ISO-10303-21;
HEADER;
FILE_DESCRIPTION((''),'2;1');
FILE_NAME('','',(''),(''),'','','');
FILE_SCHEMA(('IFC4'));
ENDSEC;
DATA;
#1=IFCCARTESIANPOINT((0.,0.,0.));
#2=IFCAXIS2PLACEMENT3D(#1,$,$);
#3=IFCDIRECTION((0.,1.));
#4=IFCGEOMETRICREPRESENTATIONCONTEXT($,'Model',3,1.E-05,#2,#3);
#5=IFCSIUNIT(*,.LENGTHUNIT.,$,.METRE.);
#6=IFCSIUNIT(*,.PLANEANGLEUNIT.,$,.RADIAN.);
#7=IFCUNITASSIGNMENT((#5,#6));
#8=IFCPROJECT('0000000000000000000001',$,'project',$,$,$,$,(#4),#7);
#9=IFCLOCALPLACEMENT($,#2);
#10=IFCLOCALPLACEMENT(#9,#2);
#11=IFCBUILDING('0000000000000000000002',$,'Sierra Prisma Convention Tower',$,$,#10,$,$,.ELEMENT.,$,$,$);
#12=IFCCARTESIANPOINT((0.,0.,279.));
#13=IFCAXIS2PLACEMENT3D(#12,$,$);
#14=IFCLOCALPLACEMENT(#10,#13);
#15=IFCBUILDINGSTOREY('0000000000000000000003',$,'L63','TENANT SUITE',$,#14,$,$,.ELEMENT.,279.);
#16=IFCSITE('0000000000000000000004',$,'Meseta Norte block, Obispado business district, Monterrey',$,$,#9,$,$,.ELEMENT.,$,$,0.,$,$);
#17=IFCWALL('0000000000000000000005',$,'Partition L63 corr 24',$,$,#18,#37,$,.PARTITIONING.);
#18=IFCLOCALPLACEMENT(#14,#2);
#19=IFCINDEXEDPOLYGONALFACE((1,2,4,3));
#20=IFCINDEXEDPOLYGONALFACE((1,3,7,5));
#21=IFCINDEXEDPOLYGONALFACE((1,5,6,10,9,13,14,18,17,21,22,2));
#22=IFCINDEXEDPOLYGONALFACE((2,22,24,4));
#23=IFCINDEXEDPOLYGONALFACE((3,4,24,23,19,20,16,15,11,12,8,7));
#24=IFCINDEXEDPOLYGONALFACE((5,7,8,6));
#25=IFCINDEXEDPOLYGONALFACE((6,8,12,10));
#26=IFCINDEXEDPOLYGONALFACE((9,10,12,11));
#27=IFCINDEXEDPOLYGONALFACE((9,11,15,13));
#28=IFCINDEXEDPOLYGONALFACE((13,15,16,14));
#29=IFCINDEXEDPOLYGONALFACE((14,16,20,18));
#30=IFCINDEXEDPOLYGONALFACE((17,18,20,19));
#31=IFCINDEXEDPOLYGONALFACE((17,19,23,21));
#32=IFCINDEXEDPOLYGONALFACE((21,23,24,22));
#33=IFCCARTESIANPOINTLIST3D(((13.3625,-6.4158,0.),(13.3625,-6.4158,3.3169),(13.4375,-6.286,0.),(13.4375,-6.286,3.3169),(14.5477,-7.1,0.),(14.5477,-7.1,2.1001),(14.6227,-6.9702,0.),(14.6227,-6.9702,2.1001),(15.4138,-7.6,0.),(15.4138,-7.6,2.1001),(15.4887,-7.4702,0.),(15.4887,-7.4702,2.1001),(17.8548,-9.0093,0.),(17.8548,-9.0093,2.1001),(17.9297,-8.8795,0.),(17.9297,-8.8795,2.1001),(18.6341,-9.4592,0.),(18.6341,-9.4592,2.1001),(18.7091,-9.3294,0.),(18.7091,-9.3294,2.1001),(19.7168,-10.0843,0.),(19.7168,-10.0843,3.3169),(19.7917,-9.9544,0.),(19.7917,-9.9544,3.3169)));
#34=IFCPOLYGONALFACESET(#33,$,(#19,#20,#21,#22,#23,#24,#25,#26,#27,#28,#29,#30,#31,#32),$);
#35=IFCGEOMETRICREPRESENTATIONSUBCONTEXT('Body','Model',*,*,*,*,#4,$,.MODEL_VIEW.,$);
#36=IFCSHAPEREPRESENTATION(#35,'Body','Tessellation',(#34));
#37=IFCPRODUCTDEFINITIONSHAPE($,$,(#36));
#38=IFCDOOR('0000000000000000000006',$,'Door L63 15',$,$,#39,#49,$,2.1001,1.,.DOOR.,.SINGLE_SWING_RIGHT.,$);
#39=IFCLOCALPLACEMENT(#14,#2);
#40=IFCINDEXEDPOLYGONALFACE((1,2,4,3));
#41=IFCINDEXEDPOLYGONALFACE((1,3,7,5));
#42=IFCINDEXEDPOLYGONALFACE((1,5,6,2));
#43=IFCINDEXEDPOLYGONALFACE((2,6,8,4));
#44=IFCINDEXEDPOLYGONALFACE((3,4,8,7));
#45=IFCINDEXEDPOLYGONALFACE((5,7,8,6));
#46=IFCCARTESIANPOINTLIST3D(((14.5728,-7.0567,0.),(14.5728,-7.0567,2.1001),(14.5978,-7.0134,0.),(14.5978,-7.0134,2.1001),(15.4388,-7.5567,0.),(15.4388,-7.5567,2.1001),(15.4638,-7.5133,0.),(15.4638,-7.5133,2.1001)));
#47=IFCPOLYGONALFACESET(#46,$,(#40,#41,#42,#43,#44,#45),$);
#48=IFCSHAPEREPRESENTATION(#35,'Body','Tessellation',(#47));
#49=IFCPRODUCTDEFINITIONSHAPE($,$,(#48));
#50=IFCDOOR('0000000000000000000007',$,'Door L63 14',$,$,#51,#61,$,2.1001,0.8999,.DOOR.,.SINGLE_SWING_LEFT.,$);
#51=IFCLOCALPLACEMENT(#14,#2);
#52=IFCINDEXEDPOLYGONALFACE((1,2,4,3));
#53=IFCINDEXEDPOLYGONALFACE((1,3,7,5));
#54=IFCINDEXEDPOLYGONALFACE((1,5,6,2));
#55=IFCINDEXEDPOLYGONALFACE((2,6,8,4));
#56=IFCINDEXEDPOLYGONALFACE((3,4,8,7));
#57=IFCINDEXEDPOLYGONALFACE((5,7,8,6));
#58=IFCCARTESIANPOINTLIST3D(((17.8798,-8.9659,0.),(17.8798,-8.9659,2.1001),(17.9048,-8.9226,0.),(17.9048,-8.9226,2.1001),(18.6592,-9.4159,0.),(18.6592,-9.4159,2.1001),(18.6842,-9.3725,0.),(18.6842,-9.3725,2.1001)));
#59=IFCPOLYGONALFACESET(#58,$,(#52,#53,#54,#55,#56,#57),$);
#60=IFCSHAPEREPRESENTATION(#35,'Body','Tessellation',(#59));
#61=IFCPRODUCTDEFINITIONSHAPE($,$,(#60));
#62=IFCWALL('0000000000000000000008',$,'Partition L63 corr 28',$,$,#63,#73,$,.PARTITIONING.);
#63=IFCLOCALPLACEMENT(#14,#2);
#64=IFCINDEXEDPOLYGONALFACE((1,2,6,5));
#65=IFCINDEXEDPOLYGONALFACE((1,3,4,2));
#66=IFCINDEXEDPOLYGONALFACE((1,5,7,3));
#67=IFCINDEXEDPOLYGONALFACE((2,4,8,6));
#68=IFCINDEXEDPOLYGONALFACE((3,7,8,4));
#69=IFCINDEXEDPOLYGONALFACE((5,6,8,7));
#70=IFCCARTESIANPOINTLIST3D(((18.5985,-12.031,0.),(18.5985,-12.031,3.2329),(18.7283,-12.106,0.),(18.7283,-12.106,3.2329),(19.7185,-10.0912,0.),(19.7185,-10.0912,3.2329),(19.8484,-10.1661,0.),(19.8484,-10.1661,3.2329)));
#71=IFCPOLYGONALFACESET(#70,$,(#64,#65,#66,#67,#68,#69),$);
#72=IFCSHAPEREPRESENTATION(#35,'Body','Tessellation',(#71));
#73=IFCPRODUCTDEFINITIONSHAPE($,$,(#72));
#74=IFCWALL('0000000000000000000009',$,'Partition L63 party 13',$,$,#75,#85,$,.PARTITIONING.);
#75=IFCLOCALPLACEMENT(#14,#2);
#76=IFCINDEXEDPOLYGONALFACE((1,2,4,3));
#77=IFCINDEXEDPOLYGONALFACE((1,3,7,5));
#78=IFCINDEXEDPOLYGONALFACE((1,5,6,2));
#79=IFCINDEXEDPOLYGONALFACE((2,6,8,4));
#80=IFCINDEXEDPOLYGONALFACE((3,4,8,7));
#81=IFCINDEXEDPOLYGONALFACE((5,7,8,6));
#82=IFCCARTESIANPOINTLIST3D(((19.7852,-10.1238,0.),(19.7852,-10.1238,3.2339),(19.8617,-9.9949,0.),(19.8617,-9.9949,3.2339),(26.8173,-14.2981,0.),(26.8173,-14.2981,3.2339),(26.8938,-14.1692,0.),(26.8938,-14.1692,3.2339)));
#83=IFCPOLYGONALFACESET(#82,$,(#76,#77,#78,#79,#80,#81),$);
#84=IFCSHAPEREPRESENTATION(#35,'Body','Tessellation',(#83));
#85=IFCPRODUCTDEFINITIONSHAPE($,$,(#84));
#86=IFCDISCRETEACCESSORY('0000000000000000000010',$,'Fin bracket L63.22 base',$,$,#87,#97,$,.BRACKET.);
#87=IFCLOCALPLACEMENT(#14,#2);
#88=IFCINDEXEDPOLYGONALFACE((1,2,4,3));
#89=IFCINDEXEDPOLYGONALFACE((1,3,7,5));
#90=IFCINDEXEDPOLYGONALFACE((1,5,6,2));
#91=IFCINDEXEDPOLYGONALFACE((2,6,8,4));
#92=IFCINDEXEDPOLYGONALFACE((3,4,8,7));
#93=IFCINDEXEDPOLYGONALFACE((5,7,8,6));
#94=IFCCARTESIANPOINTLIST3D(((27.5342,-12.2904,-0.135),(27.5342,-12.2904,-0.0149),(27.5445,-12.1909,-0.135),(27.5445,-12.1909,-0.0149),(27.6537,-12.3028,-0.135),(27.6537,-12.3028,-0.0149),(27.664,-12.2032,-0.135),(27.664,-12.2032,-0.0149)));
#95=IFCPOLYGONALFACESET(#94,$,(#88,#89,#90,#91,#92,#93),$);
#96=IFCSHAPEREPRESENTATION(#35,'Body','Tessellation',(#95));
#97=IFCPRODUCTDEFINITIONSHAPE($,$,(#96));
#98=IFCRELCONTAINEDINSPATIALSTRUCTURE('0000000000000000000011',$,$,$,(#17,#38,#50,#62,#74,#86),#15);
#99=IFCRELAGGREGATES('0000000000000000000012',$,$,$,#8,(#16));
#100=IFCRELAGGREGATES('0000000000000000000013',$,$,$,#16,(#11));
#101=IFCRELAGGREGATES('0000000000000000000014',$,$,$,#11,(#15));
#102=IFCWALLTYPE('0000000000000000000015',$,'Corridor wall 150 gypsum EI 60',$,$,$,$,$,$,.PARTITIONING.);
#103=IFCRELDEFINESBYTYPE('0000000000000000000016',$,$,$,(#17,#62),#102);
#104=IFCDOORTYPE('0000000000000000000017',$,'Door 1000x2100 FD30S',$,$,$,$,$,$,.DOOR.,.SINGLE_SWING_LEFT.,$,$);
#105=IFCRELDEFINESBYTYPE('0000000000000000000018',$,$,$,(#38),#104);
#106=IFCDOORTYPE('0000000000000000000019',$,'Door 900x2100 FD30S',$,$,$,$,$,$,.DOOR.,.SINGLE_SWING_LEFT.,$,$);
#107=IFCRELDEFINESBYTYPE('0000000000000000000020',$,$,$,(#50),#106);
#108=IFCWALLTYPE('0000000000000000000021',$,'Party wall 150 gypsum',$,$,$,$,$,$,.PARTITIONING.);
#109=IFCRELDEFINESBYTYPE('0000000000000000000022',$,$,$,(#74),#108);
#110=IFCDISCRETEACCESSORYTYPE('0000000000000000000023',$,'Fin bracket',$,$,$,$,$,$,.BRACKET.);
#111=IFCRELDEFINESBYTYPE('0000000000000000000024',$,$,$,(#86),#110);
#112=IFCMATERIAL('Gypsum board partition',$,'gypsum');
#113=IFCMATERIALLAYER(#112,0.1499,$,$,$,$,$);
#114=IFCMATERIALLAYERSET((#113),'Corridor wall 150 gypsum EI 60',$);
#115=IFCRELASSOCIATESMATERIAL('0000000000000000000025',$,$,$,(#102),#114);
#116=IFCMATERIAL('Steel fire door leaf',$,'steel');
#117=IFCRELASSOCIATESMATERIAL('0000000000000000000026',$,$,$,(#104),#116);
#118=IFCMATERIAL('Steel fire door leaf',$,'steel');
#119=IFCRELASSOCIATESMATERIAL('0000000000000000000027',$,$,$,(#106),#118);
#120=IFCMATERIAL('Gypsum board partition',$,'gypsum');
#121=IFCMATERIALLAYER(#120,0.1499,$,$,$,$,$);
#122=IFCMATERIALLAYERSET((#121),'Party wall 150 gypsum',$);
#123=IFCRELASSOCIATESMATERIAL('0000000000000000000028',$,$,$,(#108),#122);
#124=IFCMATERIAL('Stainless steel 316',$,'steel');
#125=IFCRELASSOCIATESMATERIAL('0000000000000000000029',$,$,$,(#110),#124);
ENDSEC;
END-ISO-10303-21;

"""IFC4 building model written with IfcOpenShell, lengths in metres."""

from ifc_helpers import new_model, si_unit, direction, frame, frame_2d, origin, origin_2d, place, context, subcontext, project, spatial, rectangle, extrude, material, layer, layer_set, type_object, element, fill, save


model = new_model("IFC4")

# Units and contexts
model_context = context("Model", 3, precision=1e-05, world=origin(), true_north=direction((0.0, 1.0)))
body_context = subcontext(model_context, "Body", "Model", "MODEL_VIEW")
ifc_project = project(units=[si_unit("LENGTHUNIT", "METRE"), si_unit("PLANEANGLEUNIT", "RADIAN")], contexts=[model_context])

# Site, building, storey
site_placement = place(None, origin())
site = spatial("IfcSite", under=ifc_project, at=site_placement, Name="Meseta Norte block, Obispado business district, Monterrey", CompositionType="ELEMENT", RefElevation=0.0)
building_placement = place(site_placement, origin())
building = spatial("IfcBuilding", under=site, at=building_placement, Name="Sierra Prisma Convention Tower", CompositionType="ELEMENT")
storey_placement = place(building_placement, frame((0.0, 0.0, 279.0)))
storey = spatial("IfcBuildingStorey", under=building, at=storey_placement, Name="L63", Description="TENANT SUITE", CompositionType="ELEMENT", Elevation=279.0)

# Wall, openings, doors
ifc_material_1 = material(Name="Gypsum board partition", Category="gypsum")
ifc_layer_1 = layer(ifc_material_1, 0.1499)
ifc_layer_set_1 = layer_set([ifc_layer_1], Name="Corridor wall 150 gypsum EI 60")
wall_type_1 = type_object("IfcWallType", Name="Corridor wall 150 gypsum EI 60", PredefinedType="PARTITIONING", material=ifc_layer_set_1)
wall_1_placement = place(storey_placement, frame((19.7542, -10.0193, 0.0), z_axis=(0.0, 0.0, 1.0), x_axis=(-0.866035, 0.499983, 0.0)))
wall_1 = element("IfcWall", 1, at=wall_1_placement, inside=storey, type_object=wall_type_1, Name="Partition L63 corr 24", PredefinedType="PARTITIONING", context=body_context, shape_type="SweptSolid", body=[
    extrude(rectangle(XDim=7.3372, YDim=0.1499, at=frame_2d((3.6685, 0.0))), origin(), (0.0, 0.0, 1.0), 3.3169),
])
opening_1_placement = place(wall_1_placement, frame((1.25, 0.0, 0.0)))
opening_1 = element("IfcOpeningElement", 2, at=opening_1_placement, cuts=wall_1, PredefinedType="OPENING", context=body_context, shape_type="SweptSolid", body=[
    extrude(rectangle(XDim=0.8999, YDim=2.1001, at=frame_2d((0.45, 1.05))), frame((0.0, 0.075, 0.0), z_axis=(0.0, -1.0, 0.0), x_axis=(1.0, 0.0, 0.0)), (0.0, 0.0, 1.0), 0.1499),
])
opening_2_placement = place(wall_1_placement, frame((4.9685, 0.0, 0.0)))
opening_2 = element("IfcOpeningElement", 3, at=opening_2_placement, cuts=wall_1, PredefinedType="OPENING", context=body_context, shape_type="SweptSolid", body=[
    extrude(rectangle(XDim=1.0, YDim=2.1001, at=frame_2d((0.5, 1.05))), frame((0.0, 0.075, 0.0), z_axis=(0.0, -1.0, 0.0), x_axis=(1.0, 0.0, 0.0)), (0.0, 0.0, 1.0), 0.1499),
])
ifc_material_2 = material(Name="Steel fire door leaf", Category="steel")
door_type_1 = type_object("IfcDoorType", Name="Door 1000x2100 FD30S", OperationType="SINGLE_SWING_LEFT", PredefinedType="DOOR", material=ifc_material_2)
door_1_placement = place(opening_2_placement, origin())
door_1 = element("IfcDoor", 4, at=door_1_placement, inside=storey, type_object=door_type_1, Name="Door L63 15", OperationType="SINGLE_SWING_RIGHT", OverallHeight=2.1001, OverallWidth=1.0, PredefinedType="DOOR", context=body_context, shape_type="SweptSolid", body=[
    extrude(rectangle(XDim=1.0, YDim=2.1001, at=frame_2d((0.5, 1.05))), frame((0.0, 0.0249, 0.0), z_axis=(0.0, -1.0, 0.0), x_axis=(1.0, 0.0, 0.0)), (0.0, 0.0, 1.0), 0.05),
])
fill(opening_2, door_1)
ifc_material_3 = material(Name="Steel fire door leaf", Category="steel")
door_type_2 = type_object("IfcDoorType", Name="Door 900x2100 FD30S", OperationType="SINGLE_SWING_LEFT", PredefinedType="DOOR", material=ifc_material_3)
door_2_placement = place(opening_1_placement, origin())
door_2 = element("IfcDoor", 5, at=door_2_placement, inside=storey, type_object=door_type_2, Name="Door L63 14", OperationType="SINGLE_SWING_LEFT", OverallHeight=2.1001, OverallWidth=0.8999, PredefinedType="DOOR", context=body_context, shape_type="SweptSolid", body=[
    extrude(rectangle(XDim=0.8999, YDim=2.1001, at=frame_2d((0.45, 1.05))), frame((0.0, 0.0249, 0.0), z_axis=(0.0, -1.0, 0.0), x_axis=(1.0, 0.0, 0.0)), (0.0, 0.0, 1.0), 0.05),
])
fill(opening_1, door_2)

# Walls
wall_2_placement = place(storey_placement, frame((18.6633, -12.0686, 0.0), z_axis=(0.0, 0.0, 1.0), x_axis=(0.500031, 0.866008, 0.0)))
element("IfcWall", 6, at=wall_2_placement, inside=storey, type_object=wall_type_1, Name="Partition L63 corr 28", PredefinedType="PARTITIONING", context=body_context, shape_type="SweptSolid", body=[
    extrude(rectangle(XDim=2.24, YDim=0.1499, at=frame_2d((1.1201, 0.0))), origin(), (0.0, 0.0, 1.0), 3.2329),
])
ifc_material_4 = material(Name="Gypsum board partition", Category="gypsum")
ifc_layer_2 = layer(ifc_material_4, 0.1499)
ifc_layer_set_2 = layer_set([ifc_layer_2], Name="Party wall 150 gypsum")
wall_type_2 = type_object("IfcWallType", Name="Party wall 150 gypsum", PredefinedType="PARTITIONING", material=ifc_layer_set_2)
wall_3_placement = place(storey_placement, frame((19.8235, -10.0593, 0.0), z_axis=(0.0, 0.0, 1.0), x_axis=(0.859904, -0.510455, 0.0)))
element("IfcWall", 7, at=wall_3_placement, inside=storey, type_object=wall_type_2, Name="Partition L63 party 13", PredefinedType="PARTITIONING", context=body_context, shape_type="SweptSolid", body=[
    extrude(rectangle(XDim=8.1777, YDim=0.1499, at=frame_2d((4.0889, 0.0))), origin(), (0.0, 0.0, 1.0), 3.2339),
])

# Discrete accessory
ifc_material_5 = material(Name="Stainless steel 316", Category="steel")
discrete_accessory_type = type_object("IfcDiscreteAccessoryType", Name="Fin bracket", PredefinedType="BRACKET", material=ifc_material_5)
discrete_accessory_placement = place(storey_placement, frame((27.5991, -12.2468, -0.135), z_axis=(0.0, 0.0, 1.0), x_axis=(0.994695, -0.102865, 0.0)))
element("IfcDiscreteAccessory", 8, at=discrete_accessory_placement, inside=storey, type_object=discrete_accessory_type, Name="Fin bracket L63.22 base", PredefinedType="BRACKET", context=body_context, shape_type="SweptSolid", body=[
    extrude(rectangle(XDim=0.1201, YDim=0.1001, at=origin_2d()), origin(), (0.0, 0.0, 1.0), 0.1201),
])

save(model, "model.ifc")
